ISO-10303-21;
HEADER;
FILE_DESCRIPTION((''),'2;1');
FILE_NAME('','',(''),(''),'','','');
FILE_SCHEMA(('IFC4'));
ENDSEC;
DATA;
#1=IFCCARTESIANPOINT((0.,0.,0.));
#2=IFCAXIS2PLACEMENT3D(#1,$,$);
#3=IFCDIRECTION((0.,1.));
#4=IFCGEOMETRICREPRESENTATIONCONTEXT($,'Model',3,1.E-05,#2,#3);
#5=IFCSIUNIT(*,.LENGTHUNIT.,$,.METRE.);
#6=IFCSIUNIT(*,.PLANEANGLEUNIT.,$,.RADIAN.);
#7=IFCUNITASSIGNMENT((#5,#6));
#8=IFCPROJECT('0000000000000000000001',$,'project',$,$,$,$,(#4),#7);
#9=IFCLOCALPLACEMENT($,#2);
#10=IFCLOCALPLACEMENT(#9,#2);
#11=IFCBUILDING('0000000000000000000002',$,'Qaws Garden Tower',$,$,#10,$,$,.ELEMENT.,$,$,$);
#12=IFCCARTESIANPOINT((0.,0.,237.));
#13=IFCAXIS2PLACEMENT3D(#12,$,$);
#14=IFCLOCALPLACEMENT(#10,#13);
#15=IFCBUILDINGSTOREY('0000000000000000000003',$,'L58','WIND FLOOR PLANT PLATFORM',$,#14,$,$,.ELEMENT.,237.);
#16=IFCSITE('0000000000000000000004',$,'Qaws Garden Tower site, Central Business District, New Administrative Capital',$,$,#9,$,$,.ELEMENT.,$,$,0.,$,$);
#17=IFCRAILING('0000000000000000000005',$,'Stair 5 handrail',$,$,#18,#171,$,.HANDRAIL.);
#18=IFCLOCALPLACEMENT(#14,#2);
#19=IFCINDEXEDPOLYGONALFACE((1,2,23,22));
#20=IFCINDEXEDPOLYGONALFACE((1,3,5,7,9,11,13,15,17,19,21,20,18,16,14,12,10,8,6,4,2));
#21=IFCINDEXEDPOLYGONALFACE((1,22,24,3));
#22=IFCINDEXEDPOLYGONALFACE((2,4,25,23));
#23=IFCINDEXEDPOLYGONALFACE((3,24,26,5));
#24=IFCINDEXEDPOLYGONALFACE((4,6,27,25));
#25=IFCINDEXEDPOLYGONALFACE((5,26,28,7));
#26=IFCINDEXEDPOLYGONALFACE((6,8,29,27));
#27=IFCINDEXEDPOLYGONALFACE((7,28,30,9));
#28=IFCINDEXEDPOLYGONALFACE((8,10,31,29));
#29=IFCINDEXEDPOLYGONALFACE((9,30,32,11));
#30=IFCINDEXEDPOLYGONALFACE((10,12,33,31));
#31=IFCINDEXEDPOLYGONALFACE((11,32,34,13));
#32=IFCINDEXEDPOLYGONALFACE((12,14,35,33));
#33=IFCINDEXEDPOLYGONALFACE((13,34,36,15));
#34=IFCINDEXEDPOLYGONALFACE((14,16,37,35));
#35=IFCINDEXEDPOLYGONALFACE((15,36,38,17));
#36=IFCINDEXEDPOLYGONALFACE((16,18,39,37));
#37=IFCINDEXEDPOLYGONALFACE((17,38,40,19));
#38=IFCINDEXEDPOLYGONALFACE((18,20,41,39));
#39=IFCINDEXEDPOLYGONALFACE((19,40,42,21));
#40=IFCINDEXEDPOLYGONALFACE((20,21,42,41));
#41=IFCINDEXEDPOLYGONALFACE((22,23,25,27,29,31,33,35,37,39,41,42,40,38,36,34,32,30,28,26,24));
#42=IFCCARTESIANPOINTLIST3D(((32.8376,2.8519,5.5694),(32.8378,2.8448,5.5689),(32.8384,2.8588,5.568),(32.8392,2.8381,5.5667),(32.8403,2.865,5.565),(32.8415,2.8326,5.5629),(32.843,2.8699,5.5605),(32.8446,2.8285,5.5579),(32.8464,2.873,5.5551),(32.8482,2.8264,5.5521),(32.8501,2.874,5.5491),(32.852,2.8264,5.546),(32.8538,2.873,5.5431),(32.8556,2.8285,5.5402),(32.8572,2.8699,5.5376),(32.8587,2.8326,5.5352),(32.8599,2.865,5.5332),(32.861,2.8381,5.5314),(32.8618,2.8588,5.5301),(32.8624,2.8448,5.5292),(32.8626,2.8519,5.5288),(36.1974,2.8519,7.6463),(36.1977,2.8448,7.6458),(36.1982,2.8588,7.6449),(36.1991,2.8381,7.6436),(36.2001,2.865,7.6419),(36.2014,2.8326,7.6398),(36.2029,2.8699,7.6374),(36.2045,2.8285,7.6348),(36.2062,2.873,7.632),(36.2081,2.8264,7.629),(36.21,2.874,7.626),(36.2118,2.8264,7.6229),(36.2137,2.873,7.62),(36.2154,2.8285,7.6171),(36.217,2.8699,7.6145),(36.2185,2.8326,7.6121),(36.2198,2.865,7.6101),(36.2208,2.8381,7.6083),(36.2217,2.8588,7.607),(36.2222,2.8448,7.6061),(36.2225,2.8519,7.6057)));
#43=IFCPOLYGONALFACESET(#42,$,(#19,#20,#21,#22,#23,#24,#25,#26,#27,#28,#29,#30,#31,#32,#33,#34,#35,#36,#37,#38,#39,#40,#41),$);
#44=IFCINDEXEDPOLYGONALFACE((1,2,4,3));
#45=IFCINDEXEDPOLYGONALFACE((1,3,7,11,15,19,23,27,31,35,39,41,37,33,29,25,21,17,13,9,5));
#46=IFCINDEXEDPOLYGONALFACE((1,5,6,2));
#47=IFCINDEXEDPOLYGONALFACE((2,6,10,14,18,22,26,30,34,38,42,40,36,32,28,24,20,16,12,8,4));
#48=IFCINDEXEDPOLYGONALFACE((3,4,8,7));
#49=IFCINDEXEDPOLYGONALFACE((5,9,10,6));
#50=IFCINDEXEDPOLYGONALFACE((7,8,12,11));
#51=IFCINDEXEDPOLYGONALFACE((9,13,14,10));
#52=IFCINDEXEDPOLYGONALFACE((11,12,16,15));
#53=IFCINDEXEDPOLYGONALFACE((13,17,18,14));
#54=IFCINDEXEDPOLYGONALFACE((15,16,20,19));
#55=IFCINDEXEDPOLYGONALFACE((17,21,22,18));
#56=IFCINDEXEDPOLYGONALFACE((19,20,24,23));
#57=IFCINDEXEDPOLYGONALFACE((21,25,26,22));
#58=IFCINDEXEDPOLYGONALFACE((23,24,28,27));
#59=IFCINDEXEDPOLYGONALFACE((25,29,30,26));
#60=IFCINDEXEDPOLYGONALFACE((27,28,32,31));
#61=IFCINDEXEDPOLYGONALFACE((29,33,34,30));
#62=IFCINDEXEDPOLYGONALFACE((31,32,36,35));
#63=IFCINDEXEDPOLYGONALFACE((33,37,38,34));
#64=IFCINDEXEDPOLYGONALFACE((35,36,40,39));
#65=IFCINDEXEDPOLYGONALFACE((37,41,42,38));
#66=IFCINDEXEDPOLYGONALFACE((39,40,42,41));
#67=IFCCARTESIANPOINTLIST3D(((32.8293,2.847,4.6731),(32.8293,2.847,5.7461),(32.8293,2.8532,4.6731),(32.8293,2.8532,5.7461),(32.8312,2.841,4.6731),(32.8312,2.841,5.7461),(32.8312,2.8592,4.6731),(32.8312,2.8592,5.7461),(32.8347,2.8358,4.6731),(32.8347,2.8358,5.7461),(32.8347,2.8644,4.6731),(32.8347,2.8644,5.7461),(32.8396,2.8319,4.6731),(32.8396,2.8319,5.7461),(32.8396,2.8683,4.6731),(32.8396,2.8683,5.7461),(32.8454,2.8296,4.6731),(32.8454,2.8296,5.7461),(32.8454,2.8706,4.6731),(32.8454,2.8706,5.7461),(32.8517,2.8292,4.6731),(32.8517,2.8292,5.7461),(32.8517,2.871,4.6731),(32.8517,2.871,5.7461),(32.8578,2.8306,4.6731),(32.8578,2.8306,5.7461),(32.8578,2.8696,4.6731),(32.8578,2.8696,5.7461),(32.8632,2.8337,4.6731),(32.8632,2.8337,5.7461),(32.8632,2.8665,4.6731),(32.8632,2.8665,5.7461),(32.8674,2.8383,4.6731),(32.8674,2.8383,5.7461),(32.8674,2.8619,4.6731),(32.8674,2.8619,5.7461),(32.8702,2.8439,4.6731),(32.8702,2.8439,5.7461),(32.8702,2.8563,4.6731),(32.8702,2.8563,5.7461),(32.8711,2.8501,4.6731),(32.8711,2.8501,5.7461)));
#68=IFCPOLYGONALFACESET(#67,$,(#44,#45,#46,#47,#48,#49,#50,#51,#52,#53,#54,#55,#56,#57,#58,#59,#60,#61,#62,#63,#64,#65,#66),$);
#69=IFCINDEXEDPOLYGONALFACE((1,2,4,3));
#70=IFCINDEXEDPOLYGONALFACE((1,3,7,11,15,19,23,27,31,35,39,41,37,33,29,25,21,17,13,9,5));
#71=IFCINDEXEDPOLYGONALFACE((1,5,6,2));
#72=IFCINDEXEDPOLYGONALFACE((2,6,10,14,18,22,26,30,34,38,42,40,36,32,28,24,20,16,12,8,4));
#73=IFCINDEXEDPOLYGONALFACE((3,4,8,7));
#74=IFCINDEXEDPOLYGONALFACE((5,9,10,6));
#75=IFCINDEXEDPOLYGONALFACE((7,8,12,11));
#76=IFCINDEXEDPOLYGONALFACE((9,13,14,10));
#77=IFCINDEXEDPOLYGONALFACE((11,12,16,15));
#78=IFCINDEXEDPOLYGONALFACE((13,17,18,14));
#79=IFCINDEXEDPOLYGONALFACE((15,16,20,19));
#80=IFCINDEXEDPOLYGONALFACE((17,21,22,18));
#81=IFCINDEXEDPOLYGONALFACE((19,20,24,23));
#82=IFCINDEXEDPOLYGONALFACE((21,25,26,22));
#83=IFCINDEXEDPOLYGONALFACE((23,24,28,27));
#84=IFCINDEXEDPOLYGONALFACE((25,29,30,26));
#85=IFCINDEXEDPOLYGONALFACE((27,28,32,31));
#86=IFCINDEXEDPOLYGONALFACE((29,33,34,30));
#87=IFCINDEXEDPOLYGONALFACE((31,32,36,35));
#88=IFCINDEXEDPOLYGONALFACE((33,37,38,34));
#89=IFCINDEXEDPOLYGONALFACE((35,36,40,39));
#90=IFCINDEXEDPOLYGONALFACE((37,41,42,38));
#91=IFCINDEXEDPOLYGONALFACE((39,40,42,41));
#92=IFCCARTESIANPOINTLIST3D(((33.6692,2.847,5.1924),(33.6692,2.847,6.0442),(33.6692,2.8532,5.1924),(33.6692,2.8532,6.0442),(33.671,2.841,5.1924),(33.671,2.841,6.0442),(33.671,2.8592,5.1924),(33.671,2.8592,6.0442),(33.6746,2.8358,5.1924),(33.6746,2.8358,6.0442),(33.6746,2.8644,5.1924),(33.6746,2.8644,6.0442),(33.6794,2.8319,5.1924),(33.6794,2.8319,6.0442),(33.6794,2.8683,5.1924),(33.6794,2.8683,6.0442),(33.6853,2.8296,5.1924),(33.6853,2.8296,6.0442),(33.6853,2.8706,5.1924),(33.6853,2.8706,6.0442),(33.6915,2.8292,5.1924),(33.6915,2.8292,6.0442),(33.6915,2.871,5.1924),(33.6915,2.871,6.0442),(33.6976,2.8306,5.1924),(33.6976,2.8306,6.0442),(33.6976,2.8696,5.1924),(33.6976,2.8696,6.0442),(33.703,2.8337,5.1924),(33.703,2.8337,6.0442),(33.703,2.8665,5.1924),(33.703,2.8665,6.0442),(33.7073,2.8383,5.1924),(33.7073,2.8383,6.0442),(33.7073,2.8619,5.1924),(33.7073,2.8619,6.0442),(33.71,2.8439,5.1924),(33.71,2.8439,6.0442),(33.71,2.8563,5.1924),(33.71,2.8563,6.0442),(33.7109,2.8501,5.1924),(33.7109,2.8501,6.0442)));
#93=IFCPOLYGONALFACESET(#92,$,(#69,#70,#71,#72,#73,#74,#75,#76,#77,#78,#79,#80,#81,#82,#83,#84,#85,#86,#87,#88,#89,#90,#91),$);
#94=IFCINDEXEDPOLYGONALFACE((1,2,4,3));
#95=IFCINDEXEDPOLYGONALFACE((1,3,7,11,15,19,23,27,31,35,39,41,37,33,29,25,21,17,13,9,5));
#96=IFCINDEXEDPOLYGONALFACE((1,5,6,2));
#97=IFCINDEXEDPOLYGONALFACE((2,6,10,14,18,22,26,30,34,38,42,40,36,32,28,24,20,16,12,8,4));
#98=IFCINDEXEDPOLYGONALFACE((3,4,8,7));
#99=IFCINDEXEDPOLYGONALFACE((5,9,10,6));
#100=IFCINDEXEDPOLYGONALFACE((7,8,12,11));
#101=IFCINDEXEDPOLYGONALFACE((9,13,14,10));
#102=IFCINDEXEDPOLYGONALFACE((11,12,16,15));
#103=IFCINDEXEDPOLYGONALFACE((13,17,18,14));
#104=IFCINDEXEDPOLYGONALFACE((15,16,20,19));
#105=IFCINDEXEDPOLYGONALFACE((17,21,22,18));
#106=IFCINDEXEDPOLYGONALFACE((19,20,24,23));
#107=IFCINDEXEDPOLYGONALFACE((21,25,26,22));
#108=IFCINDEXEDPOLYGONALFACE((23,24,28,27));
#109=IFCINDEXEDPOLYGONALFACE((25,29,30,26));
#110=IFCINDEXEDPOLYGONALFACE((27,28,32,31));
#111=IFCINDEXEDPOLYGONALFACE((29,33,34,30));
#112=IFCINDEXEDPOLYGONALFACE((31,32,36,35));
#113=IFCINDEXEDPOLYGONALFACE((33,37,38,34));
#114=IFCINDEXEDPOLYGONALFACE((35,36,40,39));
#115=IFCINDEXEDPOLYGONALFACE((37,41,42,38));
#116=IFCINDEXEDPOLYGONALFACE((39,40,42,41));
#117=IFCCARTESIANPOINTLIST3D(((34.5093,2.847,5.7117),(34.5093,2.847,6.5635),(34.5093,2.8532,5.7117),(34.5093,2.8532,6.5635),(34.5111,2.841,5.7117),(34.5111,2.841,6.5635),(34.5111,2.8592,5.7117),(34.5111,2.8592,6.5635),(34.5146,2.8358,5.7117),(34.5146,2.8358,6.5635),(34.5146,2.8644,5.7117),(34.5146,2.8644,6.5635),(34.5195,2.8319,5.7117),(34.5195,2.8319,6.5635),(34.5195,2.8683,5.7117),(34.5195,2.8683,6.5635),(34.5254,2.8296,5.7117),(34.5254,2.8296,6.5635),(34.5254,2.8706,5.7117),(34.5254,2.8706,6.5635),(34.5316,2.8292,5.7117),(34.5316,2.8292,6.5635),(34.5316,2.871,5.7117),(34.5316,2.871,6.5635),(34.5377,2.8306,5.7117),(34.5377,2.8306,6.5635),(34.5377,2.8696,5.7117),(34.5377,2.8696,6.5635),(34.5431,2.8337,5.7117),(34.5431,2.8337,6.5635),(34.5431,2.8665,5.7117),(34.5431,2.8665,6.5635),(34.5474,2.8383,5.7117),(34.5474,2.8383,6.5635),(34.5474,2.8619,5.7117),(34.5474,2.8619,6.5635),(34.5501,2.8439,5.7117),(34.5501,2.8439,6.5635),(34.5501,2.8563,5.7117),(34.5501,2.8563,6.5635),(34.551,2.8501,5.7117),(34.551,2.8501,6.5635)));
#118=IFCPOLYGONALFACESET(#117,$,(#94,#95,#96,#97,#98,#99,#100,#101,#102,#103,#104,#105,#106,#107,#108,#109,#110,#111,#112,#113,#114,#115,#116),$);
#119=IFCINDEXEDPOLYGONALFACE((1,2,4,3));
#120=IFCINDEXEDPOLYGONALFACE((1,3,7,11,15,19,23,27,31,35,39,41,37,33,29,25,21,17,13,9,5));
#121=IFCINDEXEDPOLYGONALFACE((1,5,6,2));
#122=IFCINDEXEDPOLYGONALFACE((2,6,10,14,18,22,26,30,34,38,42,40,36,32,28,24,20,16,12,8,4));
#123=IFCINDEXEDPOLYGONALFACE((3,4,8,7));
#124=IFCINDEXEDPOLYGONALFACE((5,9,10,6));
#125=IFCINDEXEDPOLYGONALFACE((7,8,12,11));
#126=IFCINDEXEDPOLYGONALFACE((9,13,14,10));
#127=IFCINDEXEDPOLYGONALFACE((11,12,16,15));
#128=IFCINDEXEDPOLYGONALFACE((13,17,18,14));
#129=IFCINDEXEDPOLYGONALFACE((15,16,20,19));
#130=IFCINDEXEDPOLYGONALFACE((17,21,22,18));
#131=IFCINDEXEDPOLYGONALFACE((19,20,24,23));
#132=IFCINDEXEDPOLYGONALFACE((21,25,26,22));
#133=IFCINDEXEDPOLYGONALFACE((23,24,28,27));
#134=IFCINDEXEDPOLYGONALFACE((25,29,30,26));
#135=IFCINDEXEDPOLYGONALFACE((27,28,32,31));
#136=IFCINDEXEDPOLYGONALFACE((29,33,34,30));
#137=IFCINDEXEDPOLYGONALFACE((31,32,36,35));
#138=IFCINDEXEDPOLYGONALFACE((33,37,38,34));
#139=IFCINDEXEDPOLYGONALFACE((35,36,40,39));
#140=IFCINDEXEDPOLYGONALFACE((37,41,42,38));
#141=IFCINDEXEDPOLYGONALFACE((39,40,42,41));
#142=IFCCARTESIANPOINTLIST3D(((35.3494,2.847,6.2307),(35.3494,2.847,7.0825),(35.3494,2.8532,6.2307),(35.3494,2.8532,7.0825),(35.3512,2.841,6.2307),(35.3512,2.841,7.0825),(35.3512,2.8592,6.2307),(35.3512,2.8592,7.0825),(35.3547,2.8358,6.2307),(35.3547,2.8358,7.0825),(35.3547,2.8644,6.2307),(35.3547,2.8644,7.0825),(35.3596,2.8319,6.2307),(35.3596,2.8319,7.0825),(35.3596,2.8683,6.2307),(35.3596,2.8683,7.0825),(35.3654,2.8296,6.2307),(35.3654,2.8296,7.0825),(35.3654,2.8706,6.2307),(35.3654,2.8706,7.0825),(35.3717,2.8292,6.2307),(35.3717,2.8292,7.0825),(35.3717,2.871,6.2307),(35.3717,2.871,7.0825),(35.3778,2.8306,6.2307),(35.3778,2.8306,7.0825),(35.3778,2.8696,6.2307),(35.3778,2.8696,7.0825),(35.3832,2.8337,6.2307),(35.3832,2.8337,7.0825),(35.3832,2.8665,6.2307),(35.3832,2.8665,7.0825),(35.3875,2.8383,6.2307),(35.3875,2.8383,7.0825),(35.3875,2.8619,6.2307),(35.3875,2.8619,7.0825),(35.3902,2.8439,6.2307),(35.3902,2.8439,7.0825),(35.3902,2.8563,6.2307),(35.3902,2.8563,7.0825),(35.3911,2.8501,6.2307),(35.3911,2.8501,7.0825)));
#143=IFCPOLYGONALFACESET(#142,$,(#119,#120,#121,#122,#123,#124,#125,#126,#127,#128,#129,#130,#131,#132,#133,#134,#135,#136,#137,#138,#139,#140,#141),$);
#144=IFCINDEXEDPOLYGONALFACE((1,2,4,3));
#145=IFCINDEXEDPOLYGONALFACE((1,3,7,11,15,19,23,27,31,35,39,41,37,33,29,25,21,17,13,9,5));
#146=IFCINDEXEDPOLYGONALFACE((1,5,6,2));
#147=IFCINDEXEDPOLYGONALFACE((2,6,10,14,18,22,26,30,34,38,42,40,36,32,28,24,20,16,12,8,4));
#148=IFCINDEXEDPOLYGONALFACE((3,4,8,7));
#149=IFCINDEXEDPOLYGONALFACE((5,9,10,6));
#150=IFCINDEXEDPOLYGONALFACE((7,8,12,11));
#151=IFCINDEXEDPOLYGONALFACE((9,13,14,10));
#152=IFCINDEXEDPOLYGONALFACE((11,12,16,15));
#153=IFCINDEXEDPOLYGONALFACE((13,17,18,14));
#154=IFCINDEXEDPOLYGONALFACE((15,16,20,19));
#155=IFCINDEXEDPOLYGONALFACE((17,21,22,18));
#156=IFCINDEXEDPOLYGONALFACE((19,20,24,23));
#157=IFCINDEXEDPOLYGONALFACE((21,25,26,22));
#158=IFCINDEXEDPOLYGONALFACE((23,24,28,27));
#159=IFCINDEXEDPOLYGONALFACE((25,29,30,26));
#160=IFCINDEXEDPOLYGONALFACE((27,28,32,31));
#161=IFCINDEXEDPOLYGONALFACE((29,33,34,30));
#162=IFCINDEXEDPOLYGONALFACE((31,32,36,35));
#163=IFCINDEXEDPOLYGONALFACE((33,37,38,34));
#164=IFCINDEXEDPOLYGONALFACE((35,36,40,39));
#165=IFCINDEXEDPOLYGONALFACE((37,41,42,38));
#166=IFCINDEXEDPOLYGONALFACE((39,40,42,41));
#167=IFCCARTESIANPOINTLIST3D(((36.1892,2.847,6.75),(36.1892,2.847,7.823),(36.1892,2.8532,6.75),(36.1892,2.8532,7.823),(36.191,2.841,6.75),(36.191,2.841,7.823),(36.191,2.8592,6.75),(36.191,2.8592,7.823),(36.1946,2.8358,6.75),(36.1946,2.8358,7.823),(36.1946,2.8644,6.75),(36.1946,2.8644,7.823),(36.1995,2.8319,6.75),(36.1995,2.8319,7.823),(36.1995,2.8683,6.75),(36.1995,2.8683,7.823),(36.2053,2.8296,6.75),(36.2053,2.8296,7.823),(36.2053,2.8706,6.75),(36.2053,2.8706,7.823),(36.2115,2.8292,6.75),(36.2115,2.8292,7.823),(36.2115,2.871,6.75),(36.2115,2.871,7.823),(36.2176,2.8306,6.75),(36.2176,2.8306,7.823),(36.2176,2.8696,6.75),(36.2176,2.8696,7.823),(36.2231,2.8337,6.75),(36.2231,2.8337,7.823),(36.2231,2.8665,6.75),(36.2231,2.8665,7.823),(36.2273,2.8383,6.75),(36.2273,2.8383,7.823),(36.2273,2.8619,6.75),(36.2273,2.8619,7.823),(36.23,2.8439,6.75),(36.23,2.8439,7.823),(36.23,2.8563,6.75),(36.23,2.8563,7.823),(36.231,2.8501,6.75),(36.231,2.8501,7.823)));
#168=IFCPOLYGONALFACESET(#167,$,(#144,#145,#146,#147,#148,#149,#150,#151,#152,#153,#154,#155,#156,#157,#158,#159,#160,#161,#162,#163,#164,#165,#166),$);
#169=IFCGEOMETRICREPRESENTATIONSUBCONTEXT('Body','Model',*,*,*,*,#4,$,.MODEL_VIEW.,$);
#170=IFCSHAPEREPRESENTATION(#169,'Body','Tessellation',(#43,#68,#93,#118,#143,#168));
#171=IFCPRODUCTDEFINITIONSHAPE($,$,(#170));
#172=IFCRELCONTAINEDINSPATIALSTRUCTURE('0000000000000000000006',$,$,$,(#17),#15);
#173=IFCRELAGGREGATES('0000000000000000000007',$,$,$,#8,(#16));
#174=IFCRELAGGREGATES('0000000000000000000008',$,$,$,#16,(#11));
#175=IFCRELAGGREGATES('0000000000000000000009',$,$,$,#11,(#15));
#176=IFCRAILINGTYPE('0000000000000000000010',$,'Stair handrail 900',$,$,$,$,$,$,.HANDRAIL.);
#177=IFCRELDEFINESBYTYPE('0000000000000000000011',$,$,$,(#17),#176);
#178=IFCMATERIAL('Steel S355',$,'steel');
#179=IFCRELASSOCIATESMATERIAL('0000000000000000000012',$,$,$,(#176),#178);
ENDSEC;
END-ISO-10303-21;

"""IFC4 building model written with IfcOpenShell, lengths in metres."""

from ifc_helpers import new_model, si_unit, direction, frame, origin, origin_2d, place, context, subcontext, project, spatial, circle, extrude, material, type_object, element, save


model = new_model("IFC4")

# Units and contexts
model_context = context("Model", 3, precision=1e-05, world=origin(), true_north=direction((0.0, 1.0)))
body_context = subcontext(model_context, "Body", "Model", "MODEL_VIEW")
ifc_project = project(units=[si_unit("LENGTHUNIT", "METRE"), si_unit("PLANEANGLEUNIT", "RADIAN")], contexts=[model_context])

# Site, building, storey
site_placement = place(None, origin())
site = spatial("IfcSite", under=ifc_project, at=site_placement, Name="Qaws Garden Tower site, Central Business District, New Administrative Capital", CompositionType="ELEMENT", RefElevation=0.0)
building_placement = place(site_placement, origin())
building = spatial("IfcBuilding", under=site, at=building_placement, Name="Qaws Garden Tower", CompositionType="ELEMENT")
storey_placement = place(building_placement, frame((0.0, 0.0, 237.0)))
storey = spatial("IfcBuildingStorey", under=building, at=storey_placement, Name="L58", Description="WIND FLOOR PLANT PLATFORM", CompositionType="ELEMENT", Elevation=237.0)

# Railing
ifc_material_1 = material(Name="Steel S355", Category="steel")
railing_type_1 = type_object("IfcRailingType", Name="Stair handrail 900", PredefinedType="HANDRAIL", material=ifc_material_1)
railing_1_placement = place(storey_placement, frame((32.8501, 2.8501, 4.6731)))
element("IfcRailing", 1, at=railing_1_placement, inside=storey, type_object=railing_type_1, Name="Stair 5 handrail", PredefinedType="HANDRAIL", context=body_context, shape_type="SweptSolid", body=[
    extrude(circle(Radius=0.0239, at=origin_2d()), frame((0.0, 0.0, 0.876), z_axis=(0.850606, 0.0, 0.525803), x_axis=(0.0, 1.0, 0.0)), (0.0, 0.0, 1.0), 3.95),
    extrude(circle(Radius=0.021, at=origin_2d()), origin(), (0.0, 0.0, 1.0), 1.073),
    extrude(circle(Radius=0.021, at=origin_2d()), frame((0.8398, 0.0, 0.5193)), (0.0, 0.0, 1.0), 0.8518),
    extrude(circle(Radius=0.021, at=origin_2d()), frame((1.6799, 0.0, 1.0386)), (0.0, 0.0, 1.0), 0.8518),
    extrude(circle(Radius=0.021, at=origin_2d()), frame((2.52, 0.0, 1.5576)), (0.0, 0.0, 1.0), 0.8518),
    extrude(circle(Radius=0.021, at=origin_2d()), frame((3.3599, 0.0, 2.0769)), (0.0, 0.0, 1.0), 1.073),
])

save(model, "model.ifc")
